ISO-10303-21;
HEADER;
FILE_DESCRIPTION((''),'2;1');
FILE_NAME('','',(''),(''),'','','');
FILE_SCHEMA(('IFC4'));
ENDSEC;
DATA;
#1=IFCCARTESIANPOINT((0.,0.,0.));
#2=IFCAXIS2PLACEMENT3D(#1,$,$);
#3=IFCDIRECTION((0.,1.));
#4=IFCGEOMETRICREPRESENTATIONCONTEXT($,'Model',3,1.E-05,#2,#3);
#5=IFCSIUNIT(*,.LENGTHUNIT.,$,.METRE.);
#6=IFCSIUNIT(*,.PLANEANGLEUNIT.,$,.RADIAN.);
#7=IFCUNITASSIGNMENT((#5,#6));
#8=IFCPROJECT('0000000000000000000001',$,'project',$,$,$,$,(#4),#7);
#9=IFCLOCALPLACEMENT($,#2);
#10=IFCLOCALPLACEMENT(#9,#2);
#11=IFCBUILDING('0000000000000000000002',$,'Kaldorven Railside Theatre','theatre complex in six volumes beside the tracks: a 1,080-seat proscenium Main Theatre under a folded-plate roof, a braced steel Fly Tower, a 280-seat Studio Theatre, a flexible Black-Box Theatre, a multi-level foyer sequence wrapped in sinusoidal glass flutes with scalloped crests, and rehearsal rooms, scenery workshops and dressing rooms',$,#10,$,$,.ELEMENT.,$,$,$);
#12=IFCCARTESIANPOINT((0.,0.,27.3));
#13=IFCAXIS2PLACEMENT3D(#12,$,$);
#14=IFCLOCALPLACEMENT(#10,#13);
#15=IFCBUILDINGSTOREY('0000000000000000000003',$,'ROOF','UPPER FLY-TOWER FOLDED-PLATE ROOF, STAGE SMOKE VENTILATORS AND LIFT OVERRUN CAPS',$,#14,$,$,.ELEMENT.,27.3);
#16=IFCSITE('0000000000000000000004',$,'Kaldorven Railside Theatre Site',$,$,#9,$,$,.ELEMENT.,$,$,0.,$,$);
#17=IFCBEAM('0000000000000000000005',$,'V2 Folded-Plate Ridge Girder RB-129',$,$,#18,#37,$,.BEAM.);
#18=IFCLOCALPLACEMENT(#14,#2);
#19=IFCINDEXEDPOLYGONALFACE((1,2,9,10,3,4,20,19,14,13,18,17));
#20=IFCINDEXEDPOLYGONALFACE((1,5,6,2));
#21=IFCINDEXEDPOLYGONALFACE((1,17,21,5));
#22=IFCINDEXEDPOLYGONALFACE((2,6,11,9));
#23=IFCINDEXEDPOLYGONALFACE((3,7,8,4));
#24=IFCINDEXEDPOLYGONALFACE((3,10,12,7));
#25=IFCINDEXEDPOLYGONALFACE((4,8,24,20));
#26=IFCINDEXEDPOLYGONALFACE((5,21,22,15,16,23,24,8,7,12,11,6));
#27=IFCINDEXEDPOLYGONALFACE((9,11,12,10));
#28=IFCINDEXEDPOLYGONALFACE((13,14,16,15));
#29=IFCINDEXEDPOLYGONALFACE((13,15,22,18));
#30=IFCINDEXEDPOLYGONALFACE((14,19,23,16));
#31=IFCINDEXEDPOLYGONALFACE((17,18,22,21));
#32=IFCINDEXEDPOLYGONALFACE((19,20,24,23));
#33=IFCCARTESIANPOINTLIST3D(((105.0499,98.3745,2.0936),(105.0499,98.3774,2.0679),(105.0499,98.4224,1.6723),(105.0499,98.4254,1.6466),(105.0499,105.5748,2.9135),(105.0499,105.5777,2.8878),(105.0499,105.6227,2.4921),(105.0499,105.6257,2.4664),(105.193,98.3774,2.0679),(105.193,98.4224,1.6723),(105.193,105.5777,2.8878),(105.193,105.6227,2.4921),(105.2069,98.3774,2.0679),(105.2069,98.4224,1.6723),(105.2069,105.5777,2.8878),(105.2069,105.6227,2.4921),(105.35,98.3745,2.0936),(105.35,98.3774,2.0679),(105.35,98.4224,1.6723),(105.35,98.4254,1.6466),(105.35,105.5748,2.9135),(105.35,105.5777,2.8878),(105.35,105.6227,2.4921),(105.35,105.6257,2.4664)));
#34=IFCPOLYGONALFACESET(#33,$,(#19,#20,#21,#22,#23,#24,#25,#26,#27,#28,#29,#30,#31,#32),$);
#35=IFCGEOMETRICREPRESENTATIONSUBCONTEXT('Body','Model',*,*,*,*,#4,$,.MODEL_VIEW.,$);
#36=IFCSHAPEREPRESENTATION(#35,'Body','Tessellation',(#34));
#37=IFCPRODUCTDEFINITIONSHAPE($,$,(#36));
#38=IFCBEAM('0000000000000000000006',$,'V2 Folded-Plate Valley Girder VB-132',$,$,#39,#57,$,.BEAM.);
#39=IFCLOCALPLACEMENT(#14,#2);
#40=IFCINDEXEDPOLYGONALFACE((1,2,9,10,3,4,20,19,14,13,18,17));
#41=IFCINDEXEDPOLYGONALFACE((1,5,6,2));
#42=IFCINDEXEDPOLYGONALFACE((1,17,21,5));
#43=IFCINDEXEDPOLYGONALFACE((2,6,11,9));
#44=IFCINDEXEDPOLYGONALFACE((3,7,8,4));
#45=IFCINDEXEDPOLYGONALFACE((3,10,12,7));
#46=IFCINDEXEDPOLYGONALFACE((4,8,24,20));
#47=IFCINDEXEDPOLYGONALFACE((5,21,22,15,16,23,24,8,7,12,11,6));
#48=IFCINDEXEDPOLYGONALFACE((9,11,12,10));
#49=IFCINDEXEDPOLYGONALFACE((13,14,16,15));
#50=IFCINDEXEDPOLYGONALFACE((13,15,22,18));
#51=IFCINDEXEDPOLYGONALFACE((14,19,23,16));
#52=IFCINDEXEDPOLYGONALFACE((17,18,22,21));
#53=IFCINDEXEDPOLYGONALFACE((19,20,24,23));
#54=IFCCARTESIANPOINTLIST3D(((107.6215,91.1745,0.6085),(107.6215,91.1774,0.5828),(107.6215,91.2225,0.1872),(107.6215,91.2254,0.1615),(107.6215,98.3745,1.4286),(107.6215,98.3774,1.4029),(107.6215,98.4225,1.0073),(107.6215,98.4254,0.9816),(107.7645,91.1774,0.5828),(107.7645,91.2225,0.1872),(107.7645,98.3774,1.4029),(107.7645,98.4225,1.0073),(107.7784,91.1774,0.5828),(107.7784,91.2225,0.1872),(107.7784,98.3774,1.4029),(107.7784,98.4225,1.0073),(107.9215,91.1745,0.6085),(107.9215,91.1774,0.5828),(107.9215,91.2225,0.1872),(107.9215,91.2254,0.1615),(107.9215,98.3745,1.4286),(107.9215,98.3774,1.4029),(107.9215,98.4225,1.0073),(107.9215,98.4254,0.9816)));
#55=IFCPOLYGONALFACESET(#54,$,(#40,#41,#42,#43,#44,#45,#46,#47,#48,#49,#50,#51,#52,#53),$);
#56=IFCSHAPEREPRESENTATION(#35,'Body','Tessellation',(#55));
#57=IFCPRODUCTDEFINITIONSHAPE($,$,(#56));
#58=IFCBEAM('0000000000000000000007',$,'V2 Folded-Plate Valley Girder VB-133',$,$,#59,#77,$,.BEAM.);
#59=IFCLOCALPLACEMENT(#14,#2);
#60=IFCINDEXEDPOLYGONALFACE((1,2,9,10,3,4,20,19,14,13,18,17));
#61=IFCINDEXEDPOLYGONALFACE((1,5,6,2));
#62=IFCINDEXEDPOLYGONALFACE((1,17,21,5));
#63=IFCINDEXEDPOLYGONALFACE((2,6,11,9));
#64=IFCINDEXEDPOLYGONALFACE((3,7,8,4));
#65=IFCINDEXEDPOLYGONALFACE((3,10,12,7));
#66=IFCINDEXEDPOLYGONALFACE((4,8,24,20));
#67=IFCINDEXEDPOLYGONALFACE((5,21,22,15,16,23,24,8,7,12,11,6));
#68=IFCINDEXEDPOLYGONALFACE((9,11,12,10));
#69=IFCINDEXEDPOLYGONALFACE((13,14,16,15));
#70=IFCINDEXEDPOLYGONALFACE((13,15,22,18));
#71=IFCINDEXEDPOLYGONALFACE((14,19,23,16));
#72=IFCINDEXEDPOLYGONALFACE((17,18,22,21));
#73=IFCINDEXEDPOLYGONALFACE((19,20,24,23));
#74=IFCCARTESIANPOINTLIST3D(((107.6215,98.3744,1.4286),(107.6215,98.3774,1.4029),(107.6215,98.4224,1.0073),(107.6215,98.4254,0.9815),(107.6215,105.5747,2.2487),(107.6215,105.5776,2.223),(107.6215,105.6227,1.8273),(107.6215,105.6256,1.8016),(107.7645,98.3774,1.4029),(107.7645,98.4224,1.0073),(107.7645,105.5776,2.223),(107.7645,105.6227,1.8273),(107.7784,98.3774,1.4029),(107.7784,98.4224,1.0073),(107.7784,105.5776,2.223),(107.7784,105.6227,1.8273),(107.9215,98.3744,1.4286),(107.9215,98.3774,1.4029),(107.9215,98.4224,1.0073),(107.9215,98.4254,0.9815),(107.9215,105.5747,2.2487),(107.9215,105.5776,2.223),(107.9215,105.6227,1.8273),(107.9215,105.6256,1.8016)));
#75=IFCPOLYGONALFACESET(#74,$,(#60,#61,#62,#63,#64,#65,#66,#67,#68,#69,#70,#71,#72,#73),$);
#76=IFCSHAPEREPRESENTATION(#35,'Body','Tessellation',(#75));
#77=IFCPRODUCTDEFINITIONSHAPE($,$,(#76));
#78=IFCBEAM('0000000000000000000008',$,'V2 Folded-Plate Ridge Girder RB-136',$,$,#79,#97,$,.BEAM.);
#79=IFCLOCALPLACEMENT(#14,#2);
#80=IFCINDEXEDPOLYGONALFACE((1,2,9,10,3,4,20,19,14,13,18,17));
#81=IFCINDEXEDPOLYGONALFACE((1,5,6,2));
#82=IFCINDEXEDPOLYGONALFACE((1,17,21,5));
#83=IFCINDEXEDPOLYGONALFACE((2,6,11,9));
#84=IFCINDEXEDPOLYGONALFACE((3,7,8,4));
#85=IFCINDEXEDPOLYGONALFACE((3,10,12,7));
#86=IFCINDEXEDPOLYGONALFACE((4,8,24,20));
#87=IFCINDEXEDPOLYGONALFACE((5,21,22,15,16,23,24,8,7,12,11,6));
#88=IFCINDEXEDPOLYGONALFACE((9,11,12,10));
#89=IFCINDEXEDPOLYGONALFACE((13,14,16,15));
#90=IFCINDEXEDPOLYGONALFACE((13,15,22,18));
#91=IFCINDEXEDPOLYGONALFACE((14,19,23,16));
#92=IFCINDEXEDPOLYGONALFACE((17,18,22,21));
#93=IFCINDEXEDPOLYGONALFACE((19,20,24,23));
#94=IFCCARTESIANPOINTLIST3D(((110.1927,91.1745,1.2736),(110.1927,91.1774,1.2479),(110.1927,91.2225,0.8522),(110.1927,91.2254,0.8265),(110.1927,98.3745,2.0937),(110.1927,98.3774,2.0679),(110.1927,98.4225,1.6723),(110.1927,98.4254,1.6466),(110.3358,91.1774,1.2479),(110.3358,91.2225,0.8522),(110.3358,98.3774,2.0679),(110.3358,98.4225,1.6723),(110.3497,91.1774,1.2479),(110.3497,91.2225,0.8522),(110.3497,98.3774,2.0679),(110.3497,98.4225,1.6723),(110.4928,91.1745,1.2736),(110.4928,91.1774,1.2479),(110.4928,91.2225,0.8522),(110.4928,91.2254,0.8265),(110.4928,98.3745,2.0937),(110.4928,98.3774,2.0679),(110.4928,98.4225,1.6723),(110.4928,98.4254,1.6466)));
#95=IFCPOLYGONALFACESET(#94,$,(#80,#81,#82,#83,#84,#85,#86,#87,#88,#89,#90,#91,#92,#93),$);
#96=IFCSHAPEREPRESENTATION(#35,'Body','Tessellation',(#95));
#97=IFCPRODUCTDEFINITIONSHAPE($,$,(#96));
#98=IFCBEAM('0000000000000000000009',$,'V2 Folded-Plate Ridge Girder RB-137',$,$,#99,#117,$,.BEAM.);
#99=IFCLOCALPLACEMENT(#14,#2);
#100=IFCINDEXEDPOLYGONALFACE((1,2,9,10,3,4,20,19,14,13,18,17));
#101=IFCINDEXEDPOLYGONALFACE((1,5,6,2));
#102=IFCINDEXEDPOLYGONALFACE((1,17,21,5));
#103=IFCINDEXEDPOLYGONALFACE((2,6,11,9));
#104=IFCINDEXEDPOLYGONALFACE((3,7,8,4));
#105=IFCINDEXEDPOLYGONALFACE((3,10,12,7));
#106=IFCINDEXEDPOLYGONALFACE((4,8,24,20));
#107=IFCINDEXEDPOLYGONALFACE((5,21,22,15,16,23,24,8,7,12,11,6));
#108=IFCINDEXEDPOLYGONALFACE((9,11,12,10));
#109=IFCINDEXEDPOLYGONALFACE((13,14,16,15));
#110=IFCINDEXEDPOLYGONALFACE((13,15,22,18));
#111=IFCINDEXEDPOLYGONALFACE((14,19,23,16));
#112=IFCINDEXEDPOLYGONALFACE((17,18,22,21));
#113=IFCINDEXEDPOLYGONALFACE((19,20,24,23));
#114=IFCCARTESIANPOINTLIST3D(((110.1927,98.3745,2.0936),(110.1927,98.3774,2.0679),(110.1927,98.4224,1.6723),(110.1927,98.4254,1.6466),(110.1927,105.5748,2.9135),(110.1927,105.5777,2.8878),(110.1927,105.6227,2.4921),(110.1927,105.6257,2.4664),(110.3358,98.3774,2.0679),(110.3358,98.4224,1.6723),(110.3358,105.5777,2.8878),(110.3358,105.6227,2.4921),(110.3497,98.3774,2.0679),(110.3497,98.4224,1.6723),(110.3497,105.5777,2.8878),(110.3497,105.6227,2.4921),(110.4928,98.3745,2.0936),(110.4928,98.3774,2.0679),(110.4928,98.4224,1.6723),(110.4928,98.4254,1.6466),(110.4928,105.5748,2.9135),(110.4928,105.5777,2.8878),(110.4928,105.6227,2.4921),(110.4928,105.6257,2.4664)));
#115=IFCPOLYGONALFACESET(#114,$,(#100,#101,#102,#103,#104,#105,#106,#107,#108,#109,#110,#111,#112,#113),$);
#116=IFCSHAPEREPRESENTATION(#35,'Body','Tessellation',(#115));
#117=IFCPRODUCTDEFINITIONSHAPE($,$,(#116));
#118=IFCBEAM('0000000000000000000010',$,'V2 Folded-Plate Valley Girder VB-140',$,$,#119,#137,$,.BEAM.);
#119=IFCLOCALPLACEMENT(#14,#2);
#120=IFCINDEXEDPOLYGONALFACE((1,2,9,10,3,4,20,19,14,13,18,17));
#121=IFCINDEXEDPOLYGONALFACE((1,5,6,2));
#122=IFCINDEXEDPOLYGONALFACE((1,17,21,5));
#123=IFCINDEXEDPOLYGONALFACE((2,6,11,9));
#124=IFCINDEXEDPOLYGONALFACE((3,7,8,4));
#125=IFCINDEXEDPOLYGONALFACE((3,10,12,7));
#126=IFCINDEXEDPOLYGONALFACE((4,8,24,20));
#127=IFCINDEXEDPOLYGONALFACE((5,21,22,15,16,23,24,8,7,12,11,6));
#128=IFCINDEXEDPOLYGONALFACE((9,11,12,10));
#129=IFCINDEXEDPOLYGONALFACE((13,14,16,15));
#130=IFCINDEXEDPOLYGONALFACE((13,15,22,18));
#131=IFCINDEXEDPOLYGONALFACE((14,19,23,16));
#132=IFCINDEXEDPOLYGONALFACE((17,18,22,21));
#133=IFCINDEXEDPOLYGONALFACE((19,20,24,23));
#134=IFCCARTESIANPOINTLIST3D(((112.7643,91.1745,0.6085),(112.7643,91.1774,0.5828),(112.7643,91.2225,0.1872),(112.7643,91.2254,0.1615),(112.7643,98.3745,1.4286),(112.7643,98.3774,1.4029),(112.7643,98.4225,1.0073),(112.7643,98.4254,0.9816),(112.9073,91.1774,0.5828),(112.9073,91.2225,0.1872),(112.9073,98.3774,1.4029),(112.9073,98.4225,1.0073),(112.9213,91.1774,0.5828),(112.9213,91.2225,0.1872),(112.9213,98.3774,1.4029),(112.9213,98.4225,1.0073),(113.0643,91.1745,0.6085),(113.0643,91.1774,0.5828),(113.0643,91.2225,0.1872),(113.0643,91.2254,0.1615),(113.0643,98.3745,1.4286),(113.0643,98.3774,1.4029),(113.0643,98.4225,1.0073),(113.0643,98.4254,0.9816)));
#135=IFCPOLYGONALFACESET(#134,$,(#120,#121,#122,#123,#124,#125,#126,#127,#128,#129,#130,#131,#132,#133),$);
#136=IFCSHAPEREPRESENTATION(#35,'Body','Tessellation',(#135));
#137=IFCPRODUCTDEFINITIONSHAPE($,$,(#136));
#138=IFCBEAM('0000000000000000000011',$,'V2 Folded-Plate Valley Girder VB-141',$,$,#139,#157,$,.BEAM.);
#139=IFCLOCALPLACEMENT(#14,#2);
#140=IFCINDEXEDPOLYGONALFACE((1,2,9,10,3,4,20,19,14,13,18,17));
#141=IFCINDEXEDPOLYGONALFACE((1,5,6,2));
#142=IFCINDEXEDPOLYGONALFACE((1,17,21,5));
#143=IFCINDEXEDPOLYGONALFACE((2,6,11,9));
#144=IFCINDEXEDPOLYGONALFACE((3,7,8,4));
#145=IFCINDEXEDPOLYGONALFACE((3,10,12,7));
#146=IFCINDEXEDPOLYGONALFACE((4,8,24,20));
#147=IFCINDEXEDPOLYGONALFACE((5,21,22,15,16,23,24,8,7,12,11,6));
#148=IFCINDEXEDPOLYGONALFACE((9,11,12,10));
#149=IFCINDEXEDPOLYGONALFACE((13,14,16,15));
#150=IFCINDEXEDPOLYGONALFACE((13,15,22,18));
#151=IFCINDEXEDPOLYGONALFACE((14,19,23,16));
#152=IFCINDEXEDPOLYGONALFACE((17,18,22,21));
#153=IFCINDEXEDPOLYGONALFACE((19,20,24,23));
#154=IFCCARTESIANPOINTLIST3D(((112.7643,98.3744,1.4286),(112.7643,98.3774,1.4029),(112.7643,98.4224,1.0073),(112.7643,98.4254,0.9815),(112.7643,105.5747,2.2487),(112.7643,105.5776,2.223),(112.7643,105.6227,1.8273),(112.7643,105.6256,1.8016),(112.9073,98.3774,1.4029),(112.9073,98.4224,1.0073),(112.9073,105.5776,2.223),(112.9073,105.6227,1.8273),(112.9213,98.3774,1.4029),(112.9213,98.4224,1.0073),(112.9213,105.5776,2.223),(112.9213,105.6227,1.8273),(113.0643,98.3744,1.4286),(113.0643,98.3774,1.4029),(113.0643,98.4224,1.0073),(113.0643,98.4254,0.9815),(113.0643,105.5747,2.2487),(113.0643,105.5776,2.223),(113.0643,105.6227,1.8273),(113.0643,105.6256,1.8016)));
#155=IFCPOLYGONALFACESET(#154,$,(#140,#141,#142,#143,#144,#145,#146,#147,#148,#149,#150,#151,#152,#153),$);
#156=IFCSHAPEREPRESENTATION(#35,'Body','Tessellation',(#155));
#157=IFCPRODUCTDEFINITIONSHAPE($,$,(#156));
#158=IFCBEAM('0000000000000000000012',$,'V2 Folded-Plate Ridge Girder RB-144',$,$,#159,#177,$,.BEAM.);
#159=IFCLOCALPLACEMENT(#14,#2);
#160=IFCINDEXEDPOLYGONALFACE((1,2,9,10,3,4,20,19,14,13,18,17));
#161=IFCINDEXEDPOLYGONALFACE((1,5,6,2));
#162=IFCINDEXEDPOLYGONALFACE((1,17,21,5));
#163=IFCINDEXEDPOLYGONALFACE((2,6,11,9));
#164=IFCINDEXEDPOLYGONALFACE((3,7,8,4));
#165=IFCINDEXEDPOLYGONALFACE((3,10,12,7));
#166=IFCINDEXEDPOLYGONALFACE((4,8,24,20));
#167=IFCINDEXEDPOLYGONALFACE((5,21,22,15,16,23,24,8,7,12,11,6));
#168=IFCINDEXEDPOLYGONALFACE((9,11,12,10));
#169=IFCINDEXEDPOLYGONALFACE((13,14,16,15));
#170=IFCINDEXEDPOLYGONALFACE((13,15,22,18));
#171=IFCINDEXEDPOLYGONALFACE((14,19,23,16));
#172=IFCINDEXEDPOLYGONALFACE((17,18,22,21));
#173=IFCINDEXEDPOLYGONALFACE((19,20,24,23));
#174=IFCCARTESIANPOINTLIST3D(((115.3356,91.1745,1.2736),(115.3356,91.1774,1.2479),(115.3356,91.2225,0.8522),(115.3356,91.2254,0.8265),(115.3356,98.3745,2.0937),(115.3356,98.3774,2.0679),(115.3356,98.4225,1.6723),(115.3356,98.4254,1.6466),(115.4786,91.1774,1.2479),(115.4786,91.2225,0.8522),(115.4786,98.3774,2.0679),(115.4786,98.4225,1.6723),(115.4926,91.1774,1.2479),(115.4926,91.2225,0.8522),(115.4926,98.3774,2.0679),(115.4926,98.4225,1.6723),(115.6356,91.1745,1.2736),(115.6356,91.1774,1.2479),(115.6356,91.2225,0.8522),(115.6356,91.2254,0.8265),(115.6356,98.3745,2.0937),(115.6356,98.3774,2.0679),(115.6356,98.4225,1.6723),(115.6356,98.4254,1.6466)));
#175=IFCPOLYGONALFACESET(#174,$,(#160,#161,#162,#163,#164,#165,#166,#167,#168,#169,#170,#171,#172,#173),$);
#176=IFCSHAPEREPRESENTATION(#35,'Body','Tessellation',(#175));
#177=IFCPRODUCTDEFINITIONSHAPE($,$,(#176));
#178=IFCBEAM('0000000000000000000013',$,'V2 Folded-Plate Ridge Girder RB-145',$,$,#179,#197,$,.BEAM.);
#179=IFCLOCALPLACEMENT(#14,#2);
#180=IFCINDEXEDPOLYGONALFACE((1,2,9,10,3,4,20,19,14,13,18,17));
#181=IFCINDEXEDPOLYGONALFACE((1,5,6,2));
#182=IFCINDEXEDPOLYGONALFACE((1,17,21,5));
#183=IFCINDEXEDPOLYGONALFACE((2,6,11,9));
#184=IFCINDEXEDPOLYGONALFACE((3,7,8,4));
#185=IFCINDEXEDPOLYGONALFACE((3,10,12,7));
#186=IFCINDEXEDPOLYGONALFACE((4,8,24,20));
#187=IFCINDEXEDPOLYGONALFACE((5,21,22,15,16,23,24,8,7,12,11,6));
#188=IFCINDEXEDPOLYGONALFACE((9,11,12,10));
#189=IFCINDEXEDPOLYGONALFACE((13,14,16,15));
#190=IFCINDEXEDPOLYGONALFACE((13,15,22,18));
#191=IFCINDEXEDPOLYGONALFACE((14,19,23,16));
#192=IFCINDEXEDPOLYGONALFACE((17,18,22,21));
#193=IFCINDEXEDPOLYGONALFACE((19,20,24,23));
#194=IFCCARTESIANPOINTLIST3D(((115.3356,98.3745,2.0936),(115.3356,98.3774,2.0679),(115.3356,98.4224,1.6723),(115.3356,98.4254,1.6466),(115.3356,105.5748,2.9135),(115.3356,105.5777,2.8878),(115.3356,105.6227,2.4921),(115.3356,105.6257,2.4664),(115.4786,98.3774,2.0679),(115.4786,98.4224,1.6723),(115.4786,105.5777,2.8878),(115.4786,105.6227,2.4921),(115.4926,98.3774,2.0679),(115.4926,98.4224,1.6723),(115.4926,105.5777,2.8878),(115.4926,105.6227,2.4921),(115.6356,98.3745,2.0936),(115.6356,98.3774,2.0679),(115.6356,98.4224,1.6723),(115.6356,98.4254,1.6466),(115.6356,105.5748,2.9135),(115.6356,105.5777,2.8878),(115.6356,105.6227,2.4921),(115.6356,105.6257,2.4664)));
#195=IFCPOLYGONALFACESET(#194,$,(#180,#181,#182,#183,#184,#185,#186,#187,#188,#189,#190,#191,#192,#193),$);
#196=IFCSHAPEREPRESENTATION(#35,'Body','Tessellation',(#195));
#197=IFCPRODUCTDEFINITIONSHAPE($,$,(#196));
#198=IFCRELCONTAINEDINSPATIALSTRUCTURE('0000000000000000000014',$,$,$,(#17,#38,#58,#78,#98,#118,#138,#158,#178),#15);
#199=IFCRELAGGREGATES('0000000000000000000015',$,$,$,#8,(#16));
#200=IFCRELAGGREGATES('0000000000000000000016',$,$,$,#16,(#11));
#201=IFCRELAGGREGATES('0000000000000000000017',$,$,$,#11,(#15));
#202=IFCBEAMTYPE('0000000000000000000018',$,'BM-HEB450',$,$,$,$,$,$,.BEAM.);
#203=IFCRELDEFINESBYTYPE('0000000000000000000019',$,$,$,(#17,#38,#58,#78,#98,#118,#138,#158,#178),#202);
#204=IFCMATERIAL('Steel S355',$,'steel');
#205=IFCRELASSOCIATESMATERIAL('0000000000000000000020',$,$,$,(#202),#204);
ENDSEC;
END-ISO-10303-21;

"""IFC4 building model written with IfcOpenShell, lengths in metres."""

from ifc_helpers import new_model, si_unit, direction, frame, origin, origin_2d, place, context, subcontext, project, spatial, i_section, extrude, material, material_profile, profile_set, type_object, element, save


model = new_model("IFC4")

# Units and contexts
model_context = context("Model", 3, precision=1e-05, world=origin(), true_north=direction((0.0, 1.0)))
body_context = subcontext(model_context, "Body", "Model", "MODEL_VIEW")
ifc_project = project(units=[si_unit("LENGTHUNIT", "METRE"), si_unit("PLANEANGLEUNIT", "RADIAN")], contexts=[model_context])

# Site, building, storey
site_placement = place(None, origin())
site = spatial("IfcSite", under=ifc_project, at=site_placement, Name="Kaldorven Railside Theatre Site", CompositionType="ELEMENT", RefElevation=0.0)
building_placement = place(site_placement, origin())
building = spatial("IfcBuilding", under=site, at=building_placement, Name="Kaldorven Railside Theatre", Description="theatre complex in six volumes beside the tracks: a 1,080-seat proscenium Main Theatre under a folded-plate roof, a braced steel Fly Tower, a 280-seat Studio Theatre, a flexible Black-Box Theatre, a multi-level foyer sequence wrapped in sinusoidal glass flutes with scalloped crests, and rehearsal rooms, scenery workshops and dressing rooms", CompositionType="ELEMENT")
storey_placement = place(building_placement, frame((0.0, 0.0, 27.3)))
storey = spatial("IfcBuildingStorey", under=building, at=storey_placement, Name="ROOF", Description="UPPER FLY-TOWER FOLDED-PLATE ROOF, STAGE SMOKE VENTILATORS AND LIFT OVERRUN CAPS", CompositionType="ELEMENT", Elevation=27.3)

# Beams
ifc_material = material(Name="Steel S355", Category="steel")
ifc_material_profile_1 = material_profile(ifc_material, i_section(OverallWidth=0.3, OverallDepth=0.45, WebThickness=0.0139, FlangeThickness=0.0259, at=origin_2d()), Name="HEB 450")
ifc_profile_set_1 = profile_set([ifc_material_profile_1], Name="Steel S355")
beam_type = type_object("IfcBeamType", Name="BM-HEB450", PredefinedType="BEAM", material=ifc_profile_set_1)
beam_1_placement = place(storey_placement, frame((105.2, 98.3999, 1.8701), z_axis=(0.0, 0.99358, 0.11313), x_axis=(-1.0, 0.0, 0.0)))
element("IfcBeam", 1, at=beam_1_placement, inside=storey, type_object=beam_type, Name="V2 Folded-Plate Ridge Girder RB-129", PredefinedType="BEAM", context=body_context, shape_type="SweptSolid", body=[
    extrude(i_section(OverallWidth=0.3, OverallDepth=0.45, WebThickness=0.0139, FlangeThickness=0.0259, at=origin_2d()), origin(), (0.0, 0.0, 1.0), 7.2468),
])
beam_2_placement = place(storey_placement, frame((107.7715, 91.2, 0.385), z_axis=(0.0, 0.993576, 0.113167), x_axis=(-1.0, 0.0, 0.0)))
element("IfcBeam", 2, at=beam_2_placement, inside=storey, type_object=beam_type, Name="V2 Folded-Plate Valley Girder VB-132", PredefinedType="BEAM", context=body_context, shape_type="SweptSolid", body=[
    extrude(i_section(OverallWidth=0.3, OverallDepth=0.45, WebThickness=0.0139, FlangeThickness=0.0259, at=origin_2d()), origin(), (0.0, 0.0, 1.0), 7.2466),
])
beam_3_placement = place(storey_placement, frame((107.7715, 98.3999, 1.2051), z_axis=(0.0, 0.993576, 0.113164), x_axis=(-1.0, 0.0, 0.0)))
element("IfcBeam", 3, at=beam_3_placement, inside=storey, type_object=beam_type, Name="V2 Folded-Plate Valley Girder VB-133", PredefinedType="BEAM", context=body_context, shape_type="SweptSolid", body=[
    extrude(i_section(OverallWidth=0.3, OverallDepth=0.45, WebThickness=0.0139, FlangeThickness=0.0259, at=origin_2d()), origin(), (0.0, 0.0, 1.0), 7.2468),
])
beam_4_placement = place(storey_placement, frame((110.3428, 91.2, 1.05), z_axis=(0.0, 0.993576, 0.113167), x_axis=(-1.0, 0.0, 0.0)))
element("IfcBeam", 4, at=beam_4_placement, inside=storey, type_object=beam_type, Name="V2 Folded-Plate Ridge Girder RB-136", PredefinedType="BEAM", context=body_context, shape_type="SweptSolid", body=[
    extrude(i_section(OverallWidth=0.3, OverallDepth=0.45, WebThickness=0.0139, FlangeThickness=0.0259, at=origin_2d()), origin(), (0.0, 0.0, 1.0), 7.2466),
])
beam_5_placement = place(storey_placement, frame((110.3428, 98.3999, 1.8701), z_axis=(0.0, 0.99358, 0.11313), x_axis=(-1.0, 0.0, 0.0)))
element("IfcBeam", 5, at=beam_5_placement, inside=storey, type_object=beam_type, Name="V2 Folded-Plate Ridge Girder RB-137", PredefinedType="BEAM", context=body_context, shape_type="SweptSolid", body=[
    extrude(i_section(OverallWidth=0.3, OverallDepth=0.45, WebThickness=0.0139, FlangeThickness=0.0259, at=origin_2d()), origin(), (0.0, 0.0, 1.0), 7.2468),
])
beam_6_placement = place(storey_placement, frame((112.9143, 91.2, 0.385), z_axis=(0.0, 0.993576, 0.113167), x_axis=(-1.0, 0.0, 0.0)))
element("IfcBeam", 6, at=beam_6_placement, inside=storey, type_object=beam_type, Name="V2 Folded-Plate Valley Girder VB-140", PredefinedType="BEAM", context=body_context, shape_type="SweptSolid", body=[
    extrude(i_section(OverallWidth=0.3, OverallDepth=0.45, WebThickness=0.0139, FlangeThickness=0.0259, at=origin_2d()), origin(), (0.0, 0.0, 1.0), 7.2466),
])
beam_7_placement = place(storey_placement, frame((112.9143, 98.3999, 1.2051), z_axis=(0.0, 0.993576, 0.113164), x_axis=(-1.0, 0.0, 0.0)))
element("IfcBeam", 7, at=beam_7_placement, inside=storey, type_object=beam_type, Name="V2 Folded-Plate Valley Girder VB-141", PredefinedType="BEAM", context=body_context, shape_type="SweptSolid", body=[
    extrude(i_section(OverallWidth=0.3, OverallDepth=0.45, WebThickness=0.0139, FlangeThickness=0.0259, at=origin_2d()), origin(), (0.0, 0.0, 1.0), 7.2468),
])
beam_8_placement = place(storey_placement, frame((115.4856, 91.2, 1.05), z_axis=(0.0, 0.993576, 0.113167), x_axis=(-1.0, 0.0, 0.0)))
element("IfcBeam", 8, at=beam_8_placement, inside=storey, type_object=beam_type, Name="V2 Folded-Plate Ridge Girder RB-144", PredefinedType="BEAM", context=body_context, shape_type="SweptSolid", body=[
    extrude(i_section(OverallWidth=0.3, OverallDepth=0.45, WebThickness=0.0139, FlangeThickness=0.0259, at=origin_2d()), origin(), (0.0, 0.0, 1.0), 7.2466),
])
beam_9_placement = place(storey_placement, frame((115.4856, 98.3999, 1.8701), z_axis=(0.0, 0.99358, 0.11313), x_axis=(-1.0, 0.0, 0.0)))
element("IfcBeam", 9, at=beam_9_placement, inside=storey, type_object=beam_type, Name="V2 Folded-Plate Ridge Girder RB-145", PredefinedType="BEAM", context=body_context, shape_type="SweptSolid", body=[
    extrude(i_section(OverallWidth=0.3, OverallDepth=0.45, WebThickness=0.0139, FlangeThickness=0.0259, at=origin_2d()), origin(), (0.0, 0.0, 1.0), 7.2468),
])

save(model, "model.ifc")
